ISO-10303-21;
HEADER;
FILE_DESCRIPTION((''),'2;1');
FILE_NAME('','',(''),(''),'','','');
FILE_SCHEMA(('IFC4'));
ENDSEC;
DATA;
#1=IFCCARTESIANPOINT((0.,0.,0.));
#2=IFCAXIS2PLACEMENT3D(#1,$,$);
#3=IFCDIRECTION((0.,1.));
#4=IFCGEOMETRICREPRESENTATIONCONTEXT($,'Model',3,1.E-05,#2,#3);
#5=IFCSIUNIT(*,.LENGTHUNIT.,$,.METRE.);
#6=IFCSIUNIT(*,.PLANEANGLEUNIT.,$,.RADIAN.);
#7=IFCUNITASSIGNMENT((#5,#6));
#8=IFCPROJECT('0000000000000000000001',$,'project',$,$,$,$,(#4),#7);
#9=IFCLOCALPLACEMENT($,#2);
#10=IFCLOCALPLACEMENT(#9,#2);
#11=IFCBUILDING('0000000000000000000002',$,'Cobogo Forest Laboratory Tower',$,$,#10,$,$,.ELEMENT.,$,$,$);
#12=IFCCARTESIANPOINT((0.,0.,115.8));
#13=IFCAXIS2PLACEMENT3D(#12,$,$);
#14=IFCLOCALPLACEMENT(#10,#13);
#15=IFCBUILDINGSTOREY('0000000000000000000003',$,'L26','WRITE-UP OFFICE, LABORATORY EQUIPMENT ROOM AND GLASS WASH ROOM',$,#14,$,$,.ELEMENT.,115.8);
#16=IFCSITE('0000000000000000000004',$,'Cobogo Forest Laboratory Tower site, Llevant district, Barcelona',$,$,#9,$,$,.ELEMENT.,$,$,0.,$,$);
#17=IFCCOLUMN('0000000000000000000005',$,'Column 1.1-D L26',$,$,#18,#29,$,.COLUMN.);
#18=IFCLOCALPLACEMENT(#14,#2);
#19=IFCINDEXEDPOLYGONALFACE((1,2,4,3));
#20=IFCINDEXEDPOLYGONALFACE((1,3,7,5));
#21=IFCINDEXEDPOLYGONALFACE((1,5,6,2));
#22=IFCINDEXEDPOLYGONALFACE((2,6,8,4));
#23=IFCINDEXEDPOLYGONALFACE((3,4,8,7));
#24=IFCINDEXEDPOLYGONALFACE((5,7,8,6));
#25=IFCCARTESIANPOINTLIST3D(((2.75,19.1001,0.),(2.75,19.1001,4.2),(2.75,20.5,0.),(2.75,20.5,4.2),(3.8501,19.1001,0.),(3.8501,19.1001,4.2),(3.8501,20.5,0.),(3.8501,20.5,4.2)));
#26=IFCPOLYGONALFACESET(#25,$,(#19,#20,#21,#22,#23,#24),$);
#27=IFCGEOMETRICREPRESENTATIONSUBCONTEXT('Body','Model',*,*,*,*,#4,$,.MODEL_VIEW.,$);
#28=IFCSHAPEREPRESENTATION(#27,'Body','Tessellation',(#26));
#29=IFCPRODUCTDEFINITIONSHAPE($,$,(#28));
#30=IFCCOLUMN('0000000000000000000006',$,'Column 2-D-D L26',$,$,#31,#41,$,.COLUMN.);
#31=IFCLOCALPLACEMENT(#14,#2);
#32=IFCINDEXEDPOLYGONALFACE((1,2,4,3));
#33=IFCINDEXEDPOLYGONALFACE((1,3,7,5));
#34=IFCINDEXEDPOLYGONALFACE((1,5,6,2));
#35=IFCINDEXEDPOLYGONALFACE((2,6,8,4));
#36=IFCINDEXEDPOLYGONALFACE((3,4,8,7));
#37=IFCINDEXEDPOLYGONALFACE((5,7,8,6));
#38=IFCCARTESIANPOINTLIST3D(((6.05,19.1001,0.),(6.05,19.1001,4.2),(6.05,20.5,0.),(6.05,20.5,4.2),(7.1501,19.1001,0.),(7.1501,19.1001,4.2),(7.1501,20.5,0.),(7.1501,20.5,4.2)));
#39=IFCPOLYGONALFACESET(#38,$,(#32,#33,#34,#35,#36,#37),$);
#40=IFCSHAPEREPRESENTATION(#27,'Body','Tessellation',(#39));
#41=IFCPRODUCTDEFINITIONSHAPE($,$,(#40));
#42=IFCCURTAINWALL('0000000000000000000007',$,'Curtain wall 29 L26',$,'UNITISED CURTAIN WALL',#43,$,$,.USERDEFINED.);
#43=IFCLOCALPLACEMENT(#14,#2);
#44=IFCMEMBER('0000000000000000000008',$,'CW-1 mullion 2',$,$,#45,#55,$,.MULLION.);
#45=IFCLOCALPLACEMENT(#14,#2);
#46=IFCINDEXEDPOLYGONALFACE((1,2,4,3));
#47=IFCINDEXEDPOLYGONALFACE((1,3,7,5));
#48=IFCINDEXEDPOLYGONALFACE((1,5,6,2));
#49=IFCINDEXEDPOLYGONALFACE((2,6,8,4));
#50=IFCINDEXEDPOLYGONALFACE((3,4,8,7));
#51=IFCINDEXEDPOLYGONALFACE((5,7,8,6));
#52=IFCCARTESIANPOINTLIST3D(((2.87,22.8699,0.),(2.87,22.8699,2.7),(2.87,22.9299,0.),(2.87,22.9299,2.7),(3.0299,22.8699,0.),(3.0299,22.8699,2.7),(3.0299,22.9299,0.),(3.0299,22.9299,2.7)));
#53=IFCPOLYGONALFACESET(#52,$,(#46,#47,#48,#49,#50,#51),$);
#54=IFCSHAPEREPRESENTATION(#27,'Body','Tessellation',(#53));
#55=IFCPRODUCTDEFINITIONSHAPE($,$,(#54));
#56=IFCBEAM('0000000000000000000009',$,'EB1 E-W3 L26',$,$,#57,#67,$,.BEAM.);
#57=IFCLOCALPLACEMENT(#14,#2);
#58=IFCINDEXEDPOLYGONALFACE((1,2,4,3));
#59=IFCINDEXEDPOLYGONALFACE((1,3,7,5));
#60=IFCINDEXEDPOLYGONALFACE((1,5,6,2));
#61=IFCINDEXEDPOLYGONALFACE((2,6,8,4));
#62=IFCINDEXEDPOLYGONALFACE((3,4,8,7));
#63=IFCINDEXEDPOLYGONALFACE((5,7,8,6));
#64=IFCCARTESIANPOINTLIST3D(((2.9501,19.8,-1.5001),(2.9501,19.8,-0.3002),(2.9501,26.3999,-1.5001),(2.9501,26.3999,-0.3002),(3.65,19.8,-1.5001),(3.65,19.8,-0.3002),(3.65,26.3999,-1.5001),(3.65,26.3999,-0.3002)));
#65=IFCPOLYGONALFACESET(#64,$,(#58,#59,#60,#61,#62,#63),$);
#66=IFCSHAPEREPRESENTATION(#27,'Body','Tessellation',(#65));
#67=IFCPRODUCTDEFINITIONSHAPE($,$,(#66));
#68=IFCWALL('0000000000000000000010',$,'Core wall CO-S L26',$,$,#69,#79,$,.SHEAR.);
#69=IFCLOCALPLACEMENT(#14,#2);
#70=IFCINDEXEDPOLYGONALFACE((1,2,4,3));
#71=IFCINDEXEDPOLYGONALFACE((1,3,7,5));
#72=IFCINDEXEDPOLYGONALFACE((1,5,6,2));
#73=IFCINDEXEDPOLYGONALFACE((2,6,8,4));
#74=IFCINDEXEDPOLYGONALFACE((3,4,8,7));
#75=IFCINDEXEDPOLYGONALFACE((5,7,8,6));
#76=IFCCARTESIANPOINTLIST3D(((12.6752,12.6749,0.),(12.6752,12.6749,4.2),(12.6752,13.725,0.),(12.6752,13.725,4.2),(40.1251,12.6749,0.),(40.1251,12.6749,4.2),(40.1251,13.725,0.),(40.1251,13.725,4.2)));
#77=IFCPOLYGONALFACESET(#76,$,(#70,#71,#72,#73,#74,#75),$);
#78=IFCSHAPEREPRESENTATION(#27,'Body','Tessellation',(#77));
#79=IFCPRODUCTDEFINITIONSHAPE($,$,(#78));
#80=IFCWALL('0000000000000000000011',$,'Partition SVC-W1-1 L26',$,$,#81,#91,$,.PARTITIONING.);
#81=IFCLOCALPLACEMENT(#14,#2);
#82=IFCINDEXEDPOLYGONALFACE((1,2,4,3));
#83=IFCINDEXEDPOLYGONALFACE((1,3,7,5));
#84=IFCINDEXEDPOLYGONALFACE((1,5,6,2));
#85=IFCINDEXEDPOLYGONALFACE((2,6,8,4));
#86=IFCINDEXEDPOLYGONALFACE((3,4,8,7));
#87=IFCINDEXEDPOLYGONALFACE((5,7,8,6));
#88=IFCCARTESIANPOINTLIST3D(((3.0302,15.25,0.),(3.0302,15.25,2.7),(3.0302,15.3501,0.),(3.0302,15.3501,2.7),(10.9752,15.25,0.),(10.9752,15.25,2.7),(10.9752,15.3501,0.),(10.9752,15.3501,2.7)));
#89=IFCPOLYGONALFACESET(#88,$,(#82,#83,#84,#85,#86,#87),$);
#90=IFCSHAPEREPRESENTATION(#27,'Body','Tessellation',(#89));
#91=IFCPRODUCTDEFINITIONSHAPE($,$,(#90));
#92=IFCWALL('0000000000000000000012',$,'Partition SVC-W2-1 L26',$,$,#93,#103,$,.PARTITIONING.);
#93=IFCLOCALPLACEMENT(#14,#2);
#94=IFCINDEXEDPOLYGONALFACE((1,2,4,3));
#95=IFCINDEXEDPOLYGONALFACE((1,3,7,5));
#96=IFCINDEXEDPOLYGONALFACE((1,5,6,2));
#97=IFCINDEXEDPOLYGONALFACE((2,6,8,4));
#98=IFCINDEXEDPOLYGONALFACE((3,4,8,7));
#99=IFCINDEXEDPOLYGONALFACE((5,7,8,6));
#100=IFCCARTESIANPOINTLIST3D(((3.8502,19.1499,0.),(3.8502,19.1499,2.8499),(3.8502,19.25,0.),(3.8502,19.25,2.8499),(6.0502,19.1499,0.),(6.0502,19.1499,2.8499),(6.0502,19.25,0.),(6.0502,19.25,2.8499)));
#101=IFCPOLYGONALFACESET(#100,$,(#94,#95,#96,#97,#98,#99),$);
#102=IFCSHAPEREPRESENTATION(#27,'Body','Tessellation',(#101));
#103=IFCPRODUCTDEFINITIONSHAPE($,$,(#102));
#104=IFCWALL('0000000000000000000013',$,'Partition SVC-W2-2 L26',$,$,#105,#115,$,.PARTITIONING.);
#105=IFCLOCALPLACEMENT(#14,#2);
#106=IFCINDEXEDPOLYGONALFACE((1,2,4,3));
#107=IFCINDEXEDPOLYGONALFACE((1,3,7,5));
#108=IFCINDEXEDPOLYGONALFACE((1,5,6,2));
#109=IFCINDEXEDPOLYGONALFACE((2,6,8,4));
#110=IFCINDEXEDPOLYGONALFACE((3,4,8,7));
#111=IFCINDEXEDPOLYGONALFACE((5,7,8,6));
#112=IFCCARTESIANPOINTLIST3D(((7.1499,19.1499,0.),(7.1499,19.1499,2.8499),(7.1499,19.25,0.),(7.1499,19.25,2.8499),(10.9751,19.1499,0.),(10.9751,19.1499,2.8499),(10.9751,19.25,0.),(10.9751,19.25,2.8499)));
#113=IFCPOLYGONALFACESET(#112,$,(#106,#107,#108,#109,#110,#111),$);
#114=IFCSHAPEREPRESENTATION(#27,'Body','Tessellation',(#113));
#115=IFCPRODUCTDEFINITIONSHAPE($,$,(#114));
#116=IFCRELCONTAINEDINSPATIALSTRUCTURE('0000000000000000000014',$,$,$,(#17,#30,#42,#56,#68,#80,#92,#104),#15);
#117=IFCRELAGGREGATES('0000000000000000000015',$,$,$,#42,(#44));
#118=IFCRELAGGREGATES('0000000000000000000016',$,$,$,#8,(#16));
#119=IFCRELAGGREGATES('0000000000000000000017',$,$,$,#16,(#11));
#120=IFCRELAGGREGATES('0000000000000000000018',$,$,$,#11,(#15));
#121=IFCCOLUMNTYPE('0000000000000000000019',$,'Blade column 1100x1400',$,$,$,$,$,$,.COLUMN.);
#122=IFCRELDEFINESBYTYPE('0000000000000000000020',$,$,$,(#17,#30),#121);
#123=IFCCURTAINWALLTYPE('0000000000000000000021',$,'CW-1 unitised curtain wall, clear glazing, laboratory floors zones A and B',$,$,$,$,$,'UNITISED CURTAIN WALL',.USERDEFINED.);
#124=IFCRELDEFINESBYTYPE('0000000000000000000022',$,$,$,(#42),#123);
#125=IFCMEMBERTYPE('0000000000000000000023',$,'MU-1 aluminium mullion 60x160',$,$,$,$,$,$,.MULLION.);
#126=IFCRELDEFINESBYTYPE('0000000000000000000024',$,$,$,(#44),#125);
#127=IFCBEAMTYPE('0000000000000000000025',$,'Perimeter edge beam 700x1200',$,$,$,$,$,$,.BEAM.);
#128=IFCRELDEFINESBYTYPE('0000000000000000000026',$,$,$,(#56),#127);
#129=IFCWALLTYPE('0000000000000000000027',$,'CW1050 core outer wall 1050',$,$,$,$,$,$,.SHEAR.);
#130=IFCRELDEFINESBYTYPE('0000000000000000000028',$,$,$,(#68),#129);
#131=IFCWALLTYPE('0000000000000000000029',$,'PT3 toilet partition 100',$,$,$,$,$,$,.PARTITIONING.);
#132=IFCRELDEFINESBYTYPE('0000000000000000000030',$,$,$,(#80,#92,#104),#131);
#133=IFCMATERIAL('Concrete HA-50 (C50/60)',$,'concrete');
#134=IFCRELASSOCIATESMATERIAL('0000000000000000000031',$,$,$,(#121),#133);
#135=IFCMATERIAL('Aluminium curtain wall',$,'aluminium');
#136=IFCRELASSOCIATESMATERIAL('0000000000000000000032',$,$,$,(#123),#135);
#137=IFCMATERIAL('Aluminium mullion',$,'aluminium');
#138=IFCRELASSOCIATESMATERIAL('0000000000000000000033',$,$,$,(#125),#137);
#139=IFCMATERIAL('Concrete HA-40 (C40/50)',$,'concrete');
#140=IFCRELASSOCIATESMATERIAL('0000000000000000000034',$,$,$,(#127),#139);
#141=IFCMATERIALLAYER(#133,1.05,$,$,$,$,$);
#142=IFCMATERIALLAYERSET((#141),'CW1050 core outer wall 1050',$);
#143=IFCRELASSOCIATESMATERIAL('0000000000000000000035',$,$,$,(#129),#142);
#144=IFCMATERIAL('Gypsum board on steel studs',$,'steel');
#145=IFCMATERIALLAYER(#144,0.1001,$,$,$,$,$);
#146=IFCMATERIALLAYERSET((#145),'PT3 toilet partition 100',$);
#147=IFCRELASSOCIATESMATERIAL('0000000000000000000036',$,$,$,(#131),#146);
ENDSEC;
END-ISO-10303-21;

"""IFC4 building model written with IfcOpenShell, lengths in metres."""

from ifc_helpers import new_model, si_unit, direction, frame, frame_2d, origin, origin_2d, place, context, subcontext, project, spatial, rectangle, extrude, material, layer, layer_set, material_profile, profile_set, type_object, element, aggregate, save


model = new_model("IFC4")

# Units and contexts
model_context = context("Model", 3, precision=1e-05, world=origin(), true_north=direction((0.0, 1.0)))
body_context = subcontext(model_context, "Body", "Model", "MODEL_VIEW")
ifc_project = project(units=[si_unit("LENGTHUNIT", "METRE"), si_unit("PLANEANGLEUNIT", "RADIAN")], contexts=[model_context])

# Site, building, storey
site_placement = place(None, origin())
site = spatial("IfcSite", under=ifc_project, at=site_placement, Name="Cobogo Forest Laboratory Tower site, Llevant district, Barcelona", CompositionType="ELEMENT", RefElevation=0.0)
building_placement = place(site_placement, origin())
building = spatial("IfcBuilding", under=site, at=building_placement, Name="Cobogo Forest Laboratory Tower", CompositionType="ELEMENT")
storey_placement = place(building_placement, frame((0.0, 0.0, 115.8)))
storey = spatial("IfcBuildingStorey", under=building, at=storey_placement, Name="L26", Description="WRITE-UP OFFICE, LABORATORY EQUIPMENT ROOM AND GLASS WASH ROOM", CompositionType="ELEMENT", Elevation=115.8)

# Columns
ifc_material_1 = material(Name="Concrete HA-50 (C50/60)", Category="concrete")
ifc_material_profile_1 = material_profile(ifc_material_1, rectangle(XDim=1.3999, YDim=1.1001, at=origin_2d()), Name="RC 1100x1400")
ifc_profile_set_1 = profile_set([ifc_material_profile_1], Name="Concrete HA-50 (C50/60)")
column_type = type_object("IfcColumnType", Name="Blade column 1100x1400", PredefinedType="COLUMN", material=ifc_profile_set_1)
for number, where, z_axis, x_axis, name in (
    (1, (3.3, 19.8, 0.0), (0.0, 0.0, 1.0), (0.0, 1.0, 0.0), "Column 1.1-D L26"),
    (2, (6.6001, 19.8, 0.0), (0.0, 0.0, 1.0), (0.0, 1.0, 0.0), "Column 2-D-D L26"),
):
    element("IfcColumn", number, at=place(storey_placement, frame(where, z_axis=z_axis, x_axis=x_axis)), inside=storey, type_object=column_type, Name=name, PredefinedType="COLUMN", context=body_context, shape_type="SweptSolid", body=[
        extrude(rectangle(XDim=1.3999, YDim=1.1001, at=origin_2d()), origin(), (0.0, 0.0, 1.0), 4.2),
    ])

# Curtain wall, member
ifc_material_2 = material(Name="Aluminium curtain wall", Category="aluminium")
curtain_wall_type = type_object("IfcCurtainWallType", Name="CW-1 unitised curtain wall, clear glazing, laboratory floors zones A and B", ElementType="UNITISED CURTAIN WALL", PredefinedType="USERDEFINED", material=ifc_material_2)
curtain_wall_placement = place(storey_placement, origin())
curtain_wall = element("IfcCurtainWall", 3, at=curtain_wall_placement, inside=storey, type_object=curtain_wall_type, Name="Curtain wall 29 L26", ObjectType="UNITISED CURTAIN WALL", PredefinedType="USERDEFINED")
ifc_material_3 = material(Name="Aluminium mullion", Category="aluminium")
ifc_material_profile_2 = material_profile(ifc_material_3, rectangle(XDim=0.0601, YDim=0.1599, at=origin_2d()), Name="AL 60x160")
ifc_profile_set_2 = profile_set([ifc_material_profile_2], Name="Aluminium mullion")
member_type = type_object("IfcMemberType", Name="MU-1 aluminium mullion 60x160", PredefinedType="MULLION", material=ifc_profile_set_2)
member_placement = place(storey_placement, frame((2.95, 22.8999, 0.0), z_axis=(0.0, 0.0, 1.0), x_axis=(0.0, -1.0, 0.0)))
member = element("IfcMember", 4, at=member_placement, type_object=member_type, Name="CW-1 mullion 2", PredefinedType="MULLION", context=body_context, shape_type="SweptSolid", body=[
    extrude(rectangle(XDim=0.0601, YDim=0.1599, at=origin_2d()), origin(), (0.0, 0.0, 1.0), 2.7),
])
aggregate(curtain_wall, [member])

# Beam
ifc_material_4 = material(Name="Concrete HA-40 (C40/50)", Category="concrete")
ifc_material_profile_3 = material_profile(ifc_material_4, rectangle(XDim=0.7, YDim=1.2, at=origin_2d()), Name="RC 700x1200")
ifc_profile_set_3 = profile_set([ifc_material_profile_3], Name="Concrete HA-40 (C40/50)")
beam_type = type_object("IfcBeamType", Name="Perimeter edge beam 700x1200", PredefinedType="BEAM", material=ifc_profile_set_3)
beam_placement = place(storey_placement, frame((3.3, 19.8, -0.9001), z_axis=(0.0, 1.0, 0.0), x_axis=(-1.0, 0.0, 0.0)))
element("IfcBeam", 5, at=beam_placement, inside=storey, type_object=beam_type, Name="EB1 E-W3 L26", PredefinedType="BEAM", context=body_context, shape_type="SweptSolid", body=[
    extrude(rectangle(XDim=0.7, YDim=1.2, at=origin_2d()), origin(), (0.0, 0.0, 1.0), 6.5999),
])

# Walls
ifc_layer_1 = layer(ifc_material_1, 1.05)
ifc_layer_set_1 = layer_set([ifc_layer_1], Name="CW1050 core outer wall 1050")
wall_type_1 = type_object("IfcWallType", Name="CW1050 core outer wall 1050", PredefinedType="SHEAR", material=ifc_layer_set_1)
wall_1_placement = place(storey_placement, frame((12.675, 13.2, 0.0), z_axis=(0.0, 0.0, 1.0), x_axis=(1.0, 0.0, 0.0)))
element("IfcWall", 6, at=wall_1_placement, inside=storey, type_object=wall_type_1, Name="Core wall CO-S L26", PredefinedType="SHEAR", context=body_context, shape_type="SweptSolid", body=[
    extrude(rectangle(XDim=27.45, YDim=1.05, at=frame_2d((13.7251, 0.0))), origin(), (0.0, 0.0, 1.0), 4.2),
])
ifc_material_5 = material(Name="Gypsum board on steel studs", Category="steel")
ifc_layer_2 = layer(ifc_material_5, 0.1001)
ifc_layer_set_2 = layer_set([ifc_layer_2], Name="PT3 toilet partition 100")
wall_type_2 = type_object("IfcWallType", Name="PT3 toilet partition 100", PredefinedType="PARTITIONING", material=ifc_layer_set_2)
wall_2_placement = place(storey_placement, frame((3.03, 15.3, 0.0), z_axis=(0.0, 0.0, 1.0), x_axis=(1.0, 0.0, 0.0)))
element("IfcWall", 7, at=wall_2_placement, inside=storey, type_object=wall_type_2, Name="Partition SVC-W1-1 L26", PredefinedType="PARTITIONING", context=body_context, shape_type="SweptSolid", body=[
    extrude(rectangle(XDim=7.9451, YDim=0.1001, at=frame_2d((3.9727, 0.0))), origin(), (0.0, 0.0, 1.0), 2.7),
])
wall_3_placement = place(storey_placement, frame((3.8501, 19.2, 0.0), z_axis=(0.0, 0.0, 1.0), x_axis=(1.0, 0.0, 0.0)))
element("IfcWall", 8, at=wall_3_placement, inside=storey, type_object=wall_type_2, Name="Partition SVC-W2-1 L26", PredefinedType="PARTITIONING", context=body_context, shape_type="SweptSolid", body=[
    extrude(rectangle(XDim=2.2, YDim=0.1001, at=frame_2d((1.1001, 0.0))), origin(), (0.0, 0.0, 1.0), 2.8499),
])
wall_4_placement = place(storey_placement, frame((7.1499, 19.2, 0.0), z_axis=(0.0, 0.0, 1.0), x_axis=(1.0, 0.0, 0.0)))
element("IfcWall", 9, at=wall_4_placement, inside=storey, type_object=wall_type_2, Name="Partition SVC-W2-2 L26", PredefinedType="PARTITIONING", context=body_context, shape_type="SweptSolid", body=[
    extrude(rectangle(XDim=3.8252, YDim=0.1001, at=frame_2d((1.9126, 0.0))), origin(), (0.0, 0.0, 1.0), 2.8499),
])

save(model, "model.ifc")
